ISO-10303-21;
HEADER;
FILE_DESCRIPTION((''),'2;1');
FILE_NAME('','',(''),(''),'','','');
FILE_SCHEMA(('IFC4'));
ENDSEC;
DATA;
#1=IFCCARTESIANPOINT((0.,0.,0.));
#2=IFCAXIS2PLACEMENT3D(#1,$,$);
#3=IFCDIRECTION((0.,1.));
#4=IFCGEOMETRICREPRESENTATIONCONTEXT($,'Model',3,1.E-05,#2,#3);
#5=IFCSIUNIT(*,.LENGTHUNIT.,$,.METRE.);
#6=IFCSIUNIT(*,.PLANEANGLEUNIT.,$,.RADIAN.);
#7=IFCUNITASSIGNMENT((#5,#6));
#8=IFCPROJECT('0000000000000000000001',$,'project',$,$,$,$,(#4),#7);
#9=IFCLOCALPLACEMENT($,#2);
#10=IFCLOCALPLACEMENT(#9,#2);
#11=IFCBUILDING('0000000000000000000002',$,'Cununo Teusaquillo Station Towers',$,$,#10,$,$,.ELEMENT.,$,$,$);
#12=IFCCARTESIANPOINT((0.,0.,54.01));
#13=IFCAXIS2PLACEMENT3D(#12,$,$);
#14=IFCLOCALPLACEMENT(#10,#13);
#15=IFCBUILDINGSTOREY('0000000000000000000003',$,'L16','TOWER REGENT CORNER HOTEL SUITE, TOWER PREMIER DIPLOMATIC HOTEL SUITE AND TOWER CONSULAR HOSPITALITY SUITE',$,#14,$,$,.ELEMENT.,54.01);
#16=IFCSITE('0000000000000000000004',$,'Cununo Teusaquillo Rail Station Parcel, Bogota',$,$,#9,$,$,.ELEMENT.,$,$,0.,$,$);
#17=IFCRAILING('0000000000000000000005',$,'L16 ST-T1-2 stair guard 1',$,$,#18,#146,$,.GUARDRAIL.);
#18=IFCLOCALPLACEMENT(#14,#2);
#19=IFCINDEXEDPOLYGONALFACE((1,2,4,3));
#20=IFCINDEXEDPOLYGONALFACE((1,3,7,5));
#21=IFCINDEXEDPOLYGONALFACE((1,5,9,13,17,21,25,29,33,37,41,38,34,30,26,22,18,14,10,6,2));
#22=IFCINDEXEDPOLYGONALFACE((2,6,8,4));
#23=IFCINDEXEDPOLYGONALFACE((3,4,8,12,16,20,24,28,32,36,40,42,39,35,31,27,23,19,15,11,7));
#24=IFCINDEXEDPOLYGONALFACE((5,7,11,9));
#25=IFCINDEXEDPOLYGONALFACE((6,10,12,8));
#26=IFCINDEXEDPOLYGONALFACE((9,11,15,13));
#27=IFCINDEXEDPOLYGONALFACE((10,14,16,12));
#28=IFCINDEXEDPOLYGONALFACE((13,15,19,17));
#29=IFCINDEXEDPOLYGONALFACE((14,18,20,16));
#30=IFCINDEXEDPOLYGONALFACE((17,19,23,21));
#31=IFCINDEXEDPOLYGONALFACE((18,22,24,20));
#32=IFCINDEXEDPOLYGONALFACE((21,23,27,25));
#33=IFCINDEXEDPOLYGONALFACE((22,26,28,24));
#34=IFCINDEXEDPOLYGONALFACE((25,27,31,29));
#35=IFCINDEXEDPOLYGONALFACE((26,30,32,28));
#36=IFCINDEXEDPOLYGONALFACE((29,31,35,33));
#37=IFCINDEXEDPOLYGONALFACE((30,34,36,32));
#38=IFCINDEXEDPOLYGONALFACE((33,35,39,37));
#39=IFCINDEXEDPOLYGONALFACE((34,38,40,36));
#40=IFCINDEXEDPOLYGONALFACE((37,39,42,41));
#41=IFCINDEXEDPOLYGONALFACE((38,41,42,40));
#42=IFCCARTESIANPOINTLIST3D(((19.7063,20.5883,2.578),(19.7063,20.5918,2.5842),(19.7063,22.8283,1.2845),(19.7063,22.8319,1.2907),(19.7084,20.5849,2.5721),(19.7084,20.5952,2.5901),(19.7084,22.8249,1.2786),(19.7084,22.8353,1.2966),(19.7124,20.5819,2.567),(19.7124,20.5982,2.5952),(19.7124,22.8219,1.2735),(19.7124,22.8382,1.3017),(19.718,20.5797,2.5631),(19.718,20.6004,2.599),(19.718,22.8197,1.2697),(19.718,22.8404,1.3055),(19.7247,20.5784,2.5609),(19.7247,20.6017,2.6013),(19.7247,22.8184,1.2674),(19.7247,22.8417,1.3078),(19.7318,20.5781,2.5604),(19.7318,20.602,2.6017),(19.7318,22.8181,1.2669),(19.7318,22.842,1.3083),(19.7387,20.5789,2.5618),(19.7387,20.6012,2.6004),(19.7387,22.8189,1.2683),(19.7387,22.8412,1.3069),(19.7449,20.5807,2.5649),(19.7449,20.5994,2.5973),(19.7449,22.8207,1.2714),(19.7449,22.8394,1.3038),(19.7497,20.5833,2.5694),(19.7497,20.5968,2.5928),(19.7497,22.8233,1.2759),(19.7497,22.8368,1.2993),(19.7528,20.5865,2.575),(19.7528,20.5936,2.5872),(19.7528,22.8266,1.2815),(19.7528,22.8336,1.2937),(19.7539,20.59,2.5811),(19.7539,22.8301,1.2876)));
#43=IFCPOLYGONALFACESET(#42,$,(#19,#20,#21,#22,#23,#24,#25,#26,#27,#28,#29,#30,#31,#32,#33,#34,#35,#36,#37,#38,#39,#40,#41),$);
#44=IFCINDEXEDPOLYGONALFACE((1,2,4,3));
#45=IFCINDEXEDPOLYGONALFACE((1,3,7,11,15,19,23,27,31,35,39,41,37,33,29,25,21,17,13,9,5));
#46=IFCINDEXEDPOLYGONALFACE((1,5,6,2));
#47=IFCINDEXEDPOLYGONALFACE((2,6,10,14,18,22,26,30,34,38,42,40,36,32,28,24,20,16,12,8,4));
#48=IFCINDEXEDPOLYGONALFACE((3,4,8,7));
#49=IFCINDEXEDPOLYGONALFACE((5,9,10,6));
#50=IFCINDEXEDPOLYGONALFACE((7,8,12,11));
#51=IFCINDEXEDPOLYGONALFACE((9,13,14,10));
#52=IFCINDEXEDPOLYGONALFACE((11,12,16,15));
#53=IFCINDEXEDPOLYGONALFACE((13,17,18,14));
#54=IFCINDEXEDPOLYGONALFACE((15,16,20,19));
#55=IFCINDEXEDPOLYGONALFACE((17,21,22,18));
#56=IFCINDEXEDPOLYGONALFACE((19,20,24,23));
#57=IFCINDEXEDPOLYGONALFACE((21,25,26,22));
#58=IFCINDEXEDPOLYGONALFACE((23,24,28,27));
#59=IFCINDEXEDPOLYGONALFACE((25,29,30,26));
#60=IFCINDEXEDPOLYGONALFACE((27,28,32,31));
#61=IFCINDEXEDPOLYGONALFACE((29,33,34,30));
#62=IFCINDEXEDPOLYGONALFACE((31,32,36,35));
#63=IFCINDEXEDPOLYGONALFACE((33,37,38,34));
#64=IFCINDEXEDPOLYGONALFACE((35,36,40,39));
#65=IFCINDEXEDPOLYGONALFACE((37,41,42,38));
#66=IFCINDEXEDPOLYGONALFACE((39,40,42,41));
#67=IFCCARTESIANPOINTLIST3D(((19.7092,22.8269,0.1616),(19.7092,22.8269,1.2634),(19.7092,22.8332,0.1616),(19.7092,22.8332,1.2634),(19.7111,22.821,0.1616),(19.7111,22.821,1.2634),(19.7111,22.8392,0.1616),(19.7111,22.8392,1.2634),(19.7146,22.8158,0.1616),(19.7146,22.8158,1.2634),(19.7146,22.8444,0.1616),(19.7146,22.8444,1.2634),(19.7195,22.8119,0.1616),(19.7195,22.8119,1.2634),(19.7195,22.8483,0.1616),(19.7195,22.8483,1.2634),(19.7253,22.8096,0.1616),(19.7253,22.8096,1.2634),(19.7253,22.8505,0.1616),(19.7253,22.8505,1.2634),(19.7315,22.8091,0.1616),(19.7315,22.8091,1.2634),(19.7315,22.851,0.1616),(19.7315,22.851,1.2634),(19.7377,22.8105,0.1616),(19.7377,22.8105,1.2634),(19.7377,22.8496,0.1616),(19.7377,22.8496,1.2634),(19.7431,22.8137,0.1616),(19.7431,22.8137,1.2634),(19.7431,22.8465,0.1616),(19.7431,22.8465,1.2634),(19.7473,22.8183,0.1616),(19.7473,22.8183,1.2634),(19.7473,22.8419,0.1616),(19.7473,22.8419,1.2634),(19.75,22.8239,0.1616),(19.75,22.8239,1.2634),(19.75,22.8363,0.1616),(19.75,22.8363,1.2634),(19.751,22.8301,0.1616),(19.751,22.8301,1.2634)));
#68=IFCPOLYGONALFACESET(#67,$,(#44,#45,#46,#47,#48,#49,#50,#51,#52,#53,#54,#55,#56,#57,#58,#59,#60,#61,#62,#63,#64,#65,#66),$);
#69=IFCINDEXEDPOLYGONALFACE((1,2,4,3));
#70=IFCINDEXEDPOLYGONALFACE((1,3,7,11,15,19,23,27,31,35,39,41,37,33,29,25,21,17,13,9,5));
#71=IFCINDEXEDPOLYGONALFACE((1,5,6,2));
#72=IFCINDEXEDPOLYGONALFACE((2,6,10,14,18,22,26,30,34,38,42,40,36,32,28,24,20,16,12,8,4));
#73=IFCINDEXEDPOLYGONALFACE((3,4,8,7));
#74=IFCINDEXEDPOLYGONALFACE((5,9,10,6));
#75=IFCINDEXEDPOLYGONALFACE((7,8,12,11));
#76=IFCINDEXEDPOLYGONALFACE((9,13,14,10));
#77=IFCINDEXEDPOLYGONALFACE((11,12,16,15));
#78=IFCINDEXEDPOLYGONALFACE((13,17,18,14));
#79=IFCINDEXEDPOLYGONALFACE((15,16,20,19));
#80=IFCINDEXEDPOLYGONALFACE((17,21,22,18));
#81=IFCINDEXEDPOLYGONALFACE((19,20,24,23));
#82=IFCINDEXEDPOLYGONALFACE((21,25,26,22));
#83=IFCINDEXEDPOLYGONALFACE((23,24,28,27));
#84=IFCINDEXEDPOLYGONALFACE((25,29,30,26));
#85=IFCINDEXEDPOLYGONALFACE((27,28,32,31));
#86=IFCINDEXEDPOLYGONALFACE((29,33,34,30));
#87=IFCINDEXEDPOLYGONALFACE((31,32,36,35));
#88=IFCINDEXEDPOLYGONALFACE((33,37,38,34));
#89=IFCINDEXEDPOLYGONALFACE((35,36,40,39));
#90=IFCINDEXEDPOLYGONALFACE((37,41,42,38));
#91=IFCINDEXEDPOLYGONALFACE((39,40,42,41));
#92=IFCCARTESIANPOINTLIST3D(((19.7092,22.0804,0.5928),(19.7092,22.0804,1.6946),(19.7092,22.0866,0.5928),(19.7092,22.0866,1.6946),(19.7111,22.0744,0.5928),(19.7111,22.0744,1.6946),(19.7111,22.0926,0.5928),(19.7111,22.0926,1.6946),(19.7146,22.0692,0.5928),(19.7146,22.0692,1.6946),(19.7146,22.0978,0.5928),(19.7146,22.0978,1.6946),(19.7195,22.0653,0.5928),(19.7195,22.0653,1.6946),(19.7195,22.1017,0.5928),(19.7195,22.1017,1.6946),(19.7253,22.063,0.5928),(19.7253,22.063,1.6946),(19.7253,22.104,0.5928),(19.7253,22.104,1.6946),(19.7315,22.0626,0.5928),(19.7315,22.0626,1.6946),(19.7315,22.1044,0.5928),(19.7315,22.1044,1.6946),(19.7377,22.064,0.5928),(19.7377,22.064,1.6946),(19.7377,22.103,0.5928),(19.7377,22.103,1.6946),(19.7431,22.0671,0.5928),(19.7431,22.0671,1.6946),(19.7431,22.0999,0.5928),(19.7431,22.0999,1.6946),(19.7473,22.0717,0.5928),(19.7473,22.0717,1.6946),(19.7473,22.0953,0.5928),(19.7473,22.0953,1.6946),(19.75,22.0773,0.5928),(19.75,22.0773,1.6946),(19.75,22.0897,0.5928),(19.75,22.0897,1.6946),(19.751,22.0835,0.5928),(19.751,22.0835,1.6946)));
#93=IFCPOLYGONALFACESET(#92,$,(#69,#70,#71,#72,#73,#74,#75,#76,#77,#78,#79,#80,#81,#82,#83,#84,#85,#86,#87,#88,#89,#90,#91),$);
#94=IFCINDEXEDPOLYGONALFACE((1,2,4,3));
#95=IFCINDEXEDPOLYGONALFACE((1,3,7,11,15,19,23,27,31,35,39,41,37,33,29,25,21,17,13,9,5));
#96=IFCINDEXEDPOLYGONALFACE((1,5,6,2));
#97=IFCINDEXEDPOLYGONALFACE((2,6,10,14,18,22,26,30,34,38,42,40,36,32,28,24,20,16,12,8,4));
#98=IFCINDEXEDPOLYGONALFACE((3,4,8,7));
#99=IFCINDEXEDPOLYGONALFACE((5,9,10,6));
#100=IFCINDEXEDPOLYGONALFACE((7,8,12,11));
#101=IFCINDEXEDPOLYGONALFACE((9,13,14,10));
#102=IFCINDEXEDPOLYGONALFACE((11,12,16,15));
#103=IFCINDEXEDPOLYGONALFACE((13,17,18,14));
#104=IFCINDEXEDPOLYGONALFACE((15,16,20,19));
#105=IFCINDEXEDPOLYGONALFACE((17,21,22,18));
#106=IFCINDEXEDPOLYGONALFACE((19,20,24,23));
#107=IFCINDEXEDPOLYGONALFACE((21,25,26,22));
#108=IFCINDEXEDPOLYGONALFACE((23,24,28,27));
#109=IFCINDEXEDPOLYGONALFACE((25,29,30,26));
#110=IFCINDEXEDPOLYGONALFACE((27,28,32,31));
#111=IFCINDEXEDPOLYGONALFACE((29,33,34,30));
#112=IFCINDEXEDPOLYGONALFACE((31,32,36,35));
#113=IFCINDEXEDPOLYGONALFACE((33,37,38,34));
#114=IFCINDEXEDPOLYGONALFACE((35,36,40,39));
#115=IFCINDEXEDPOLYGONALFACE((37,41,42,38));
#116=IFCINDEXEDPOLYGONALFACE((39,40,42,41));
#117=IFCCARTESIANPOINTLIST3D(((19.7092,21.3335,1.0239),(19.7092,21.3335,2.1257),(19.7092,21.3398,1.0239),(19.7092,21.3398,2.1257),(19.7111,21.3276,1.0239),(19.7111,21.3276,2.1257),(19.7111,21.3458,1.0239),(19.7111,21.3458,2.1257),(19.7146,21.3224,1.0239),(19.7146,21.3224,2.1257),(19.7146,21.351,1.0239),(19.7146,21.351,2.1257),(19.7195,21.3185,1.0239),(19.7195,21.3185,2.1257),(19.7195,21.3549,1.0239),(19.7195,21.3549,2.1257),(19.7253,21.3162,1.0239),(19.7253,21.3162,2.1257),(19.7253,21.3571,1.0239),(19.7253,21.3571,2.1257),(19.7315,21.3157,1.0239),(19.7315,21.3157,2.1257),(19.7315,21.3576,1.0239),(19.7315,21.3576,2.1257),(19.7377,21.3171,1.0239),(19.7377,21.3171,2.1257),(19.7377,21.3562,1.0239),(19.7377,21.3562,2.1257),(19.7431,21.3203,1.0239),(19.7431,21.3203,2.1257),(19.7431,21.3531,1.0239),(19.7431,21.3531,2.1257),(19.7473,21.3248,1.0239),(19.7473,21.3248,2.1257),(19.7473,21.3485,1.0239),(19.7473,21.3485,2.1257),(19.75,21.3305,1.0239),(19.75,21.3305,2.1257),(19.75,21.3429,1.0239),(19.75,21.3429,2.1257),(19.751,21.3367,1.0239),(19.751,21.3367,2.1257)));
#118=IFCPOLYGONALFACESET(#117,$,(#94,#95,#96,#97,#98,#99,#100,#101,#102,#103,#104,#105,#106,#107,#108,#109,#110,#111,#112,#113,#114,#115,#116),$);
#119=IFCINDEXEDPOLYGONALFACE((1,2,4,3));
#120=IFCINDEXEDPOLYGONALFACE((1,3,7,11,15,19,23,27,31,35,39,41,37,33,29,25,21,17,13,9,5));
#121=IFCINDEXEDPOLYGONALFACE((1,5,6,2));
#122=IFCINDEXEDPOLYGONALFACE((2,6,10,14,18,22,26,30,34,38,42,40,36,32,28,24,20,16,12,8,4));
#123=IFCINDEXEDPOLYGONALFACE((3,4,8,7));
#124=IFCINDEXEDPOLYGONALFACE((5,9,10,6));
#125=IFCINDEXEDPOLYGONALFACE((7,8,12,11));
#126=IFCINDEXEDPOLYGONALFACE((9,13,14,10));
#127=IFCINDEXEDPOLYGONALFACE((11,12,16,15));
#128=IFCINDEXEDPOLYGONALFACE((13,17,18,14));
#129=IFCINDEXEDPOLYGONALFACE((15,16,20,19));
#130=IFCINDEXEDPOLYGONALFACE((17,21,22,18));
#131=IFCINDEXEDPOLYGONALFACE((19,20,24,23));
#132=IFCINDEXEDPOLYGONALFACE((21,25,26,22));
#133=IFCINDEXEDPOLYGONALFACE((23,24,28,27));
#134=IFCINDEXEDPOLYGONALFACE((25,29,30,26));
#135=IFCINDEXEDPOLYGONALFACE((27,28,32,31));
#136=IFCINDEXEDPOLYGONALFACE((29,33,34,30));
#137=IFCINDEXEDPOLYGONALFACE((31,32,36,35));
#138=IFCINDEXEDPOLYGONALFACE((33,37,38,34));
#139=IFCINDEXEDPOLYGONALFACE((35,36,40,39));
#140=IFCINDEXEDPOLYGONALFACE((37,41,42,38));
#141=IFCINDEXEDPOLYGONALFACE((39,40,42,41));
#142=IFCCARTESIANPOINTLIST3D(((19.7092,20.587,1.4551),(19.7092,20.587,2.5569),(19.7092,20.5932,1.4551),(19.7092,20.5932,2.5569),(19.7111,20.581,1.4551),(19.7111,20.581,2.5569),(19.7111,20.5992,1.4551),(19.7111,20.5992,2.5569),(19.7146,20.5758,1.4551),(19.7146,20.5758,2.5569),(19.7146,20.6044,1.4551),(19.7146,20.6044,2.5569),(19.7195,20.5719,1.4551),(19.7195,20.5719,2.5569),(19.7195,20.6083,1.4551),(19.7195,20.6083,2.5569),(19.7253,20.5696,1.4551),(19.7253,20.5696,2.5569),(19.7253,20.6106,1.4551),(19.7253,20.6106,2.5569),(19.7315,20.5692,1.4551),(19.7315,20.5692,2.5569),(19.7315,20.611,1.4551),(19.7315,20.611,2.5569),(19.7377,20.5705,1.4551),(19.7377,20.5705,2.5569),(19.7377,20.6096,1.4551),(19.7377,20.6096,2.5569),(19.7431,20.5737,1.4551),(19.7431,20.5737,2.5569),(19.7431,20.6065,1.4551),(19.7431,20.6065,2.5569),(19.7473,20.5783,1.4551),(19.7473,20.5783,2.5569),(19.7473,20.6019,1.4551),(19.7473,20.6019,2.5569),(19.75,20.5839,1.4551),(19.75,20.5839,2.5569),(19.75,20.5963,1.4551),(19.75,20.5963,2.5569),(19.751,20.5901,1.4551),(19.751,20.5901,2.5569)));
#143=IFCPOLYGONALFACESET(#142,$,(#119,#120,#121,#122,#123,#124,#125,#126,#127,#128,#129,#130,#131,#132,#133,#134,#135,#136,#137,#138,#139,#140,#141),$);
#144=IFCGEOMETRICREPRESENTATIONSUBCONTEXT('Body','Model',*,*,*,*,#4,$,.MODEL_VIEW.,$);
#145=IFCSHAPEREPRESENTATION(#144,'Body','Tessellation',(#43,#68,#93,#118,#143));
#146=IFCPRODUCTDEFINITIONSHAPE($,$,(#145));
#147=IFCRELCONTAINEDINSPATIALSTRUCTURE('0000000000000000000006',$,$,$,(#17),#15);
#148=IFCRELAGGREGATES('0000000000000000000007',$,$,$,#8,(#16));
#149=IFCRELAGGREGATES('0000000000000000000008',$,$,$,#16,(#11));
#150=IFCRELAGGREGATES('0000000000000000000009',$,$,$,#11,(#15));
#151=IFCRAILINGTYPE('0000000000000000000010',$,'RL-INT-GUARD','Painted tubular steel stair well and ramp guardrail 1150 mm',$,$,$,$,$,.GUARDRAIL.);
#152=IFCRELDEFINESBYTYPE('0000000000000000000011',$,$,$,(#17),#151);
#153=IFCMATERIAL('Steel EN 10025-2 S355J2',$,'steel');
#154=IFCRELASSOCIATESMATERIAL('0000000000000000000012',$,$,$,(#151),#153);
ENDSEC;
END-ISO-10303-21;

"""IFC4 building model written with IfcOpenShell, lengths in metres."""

from ifc_helpers import new_model, si_unit, direction, frame, origin, origin_2d, place, context, subcontext, project, spatial, circle, extrude, material, type_object, element, save


model = new_model("IFC4")

# Units and contexts
model_context = context("Model", 3, precision=1e-05, world=origin(), true_north=direction((0.0, 1.0)))
body_context = subcontext(model_context, "Body", "Model", "MODEL_VIEW")
ifc_project = project(units=[si_unit("LENGTHUNIT", "METRE"), si_unit("PLANEANGLEUNIT", "RADIAN")], contexts=[model_context])

# Site, building, storey
site_placement = place(None, origin())
site = spatial("IfcSite", under=ifc_project, at=site_placement, Name="Cununo Teusaquillo Rail Station Parcel, Bogota", CompositionType="ELEMENT", RefElevation=0.0)
building_placement = place(site_placement, origin())
building = spatial("IfcBuilding", under=site, at=building_placement, Name="Cununo Teusaquillo Station Towers", CompositionType="ELEMENT")
storey_placement = place(building_placement, frame((0.0, 0.0, 54.01)))
storey = spatial("IfcBuildingStorey", under=building, at=storey_placement, Name="L16", Description="TOWER REGENT CORNER HOTEL SUITE, TOWER PREMIER DIPLOMATIC HOTEL SUITE AND TOWER CONSULAR HOSPITALITY SUITE", CompositionType="ELEMENT", Elevation=54.01)

# Railing
ifc_material_1 = material(Name="Steel EN 10025-2 S355J2", Category="steel")
railing_type_1 = type_object("IfcRailingType", Name="RL-INT-GUARD", Description="Painted tubular steel stair well and ramp guardrail 1150 mm", PredefinedType="GUARDRAIL", material=ifc_material_1)
railing_1_placement = place(storey_placement, frame((19.73, 22.8301, 0.1616)))
element("IfcRailing", 1, at=railing_1_placement, inside=storey, type_object=railing_type_1, Name="L16 ST-T1-2 stair guard 1", PredefinedType="GUARDRAIL", context=body_context, shape_type="SweptSolid", body=[
    extrude(circle(Radius=0.0239, at=origin_2d()), frame((0.0, 0.0, 1.126), z_axis=(0.0, -0.865992, 0.500057), x_axis=(1.0, 0.0, 0.0)), (0.0, 0.0, 1.0), 2.5867),
    extrude(circle(Radius=0.021, at=origin_2d()), origin(), (0.0, 0.0, 1.0), 1.1018),
    extrude(circle(Radius=0.021, at=origin_2d()), frame((0.0, -0.7466, 0.4312)), (0.0, 0.0, 1.0), 1.1018),
    extrude(circle(Radius=0.021, at=origin_2d()), frame((0.0, -1.4934, 0.8623)), (0.0, 0.0, 1.0), 1.1018),
    extrude(circle(Radius=0.021, at=origin_2d()), frame((0.0, -2.24, 1.2935)), (0.0, 0.0, 1.0), 1.1018),
])

save(model, "model.ifc")
